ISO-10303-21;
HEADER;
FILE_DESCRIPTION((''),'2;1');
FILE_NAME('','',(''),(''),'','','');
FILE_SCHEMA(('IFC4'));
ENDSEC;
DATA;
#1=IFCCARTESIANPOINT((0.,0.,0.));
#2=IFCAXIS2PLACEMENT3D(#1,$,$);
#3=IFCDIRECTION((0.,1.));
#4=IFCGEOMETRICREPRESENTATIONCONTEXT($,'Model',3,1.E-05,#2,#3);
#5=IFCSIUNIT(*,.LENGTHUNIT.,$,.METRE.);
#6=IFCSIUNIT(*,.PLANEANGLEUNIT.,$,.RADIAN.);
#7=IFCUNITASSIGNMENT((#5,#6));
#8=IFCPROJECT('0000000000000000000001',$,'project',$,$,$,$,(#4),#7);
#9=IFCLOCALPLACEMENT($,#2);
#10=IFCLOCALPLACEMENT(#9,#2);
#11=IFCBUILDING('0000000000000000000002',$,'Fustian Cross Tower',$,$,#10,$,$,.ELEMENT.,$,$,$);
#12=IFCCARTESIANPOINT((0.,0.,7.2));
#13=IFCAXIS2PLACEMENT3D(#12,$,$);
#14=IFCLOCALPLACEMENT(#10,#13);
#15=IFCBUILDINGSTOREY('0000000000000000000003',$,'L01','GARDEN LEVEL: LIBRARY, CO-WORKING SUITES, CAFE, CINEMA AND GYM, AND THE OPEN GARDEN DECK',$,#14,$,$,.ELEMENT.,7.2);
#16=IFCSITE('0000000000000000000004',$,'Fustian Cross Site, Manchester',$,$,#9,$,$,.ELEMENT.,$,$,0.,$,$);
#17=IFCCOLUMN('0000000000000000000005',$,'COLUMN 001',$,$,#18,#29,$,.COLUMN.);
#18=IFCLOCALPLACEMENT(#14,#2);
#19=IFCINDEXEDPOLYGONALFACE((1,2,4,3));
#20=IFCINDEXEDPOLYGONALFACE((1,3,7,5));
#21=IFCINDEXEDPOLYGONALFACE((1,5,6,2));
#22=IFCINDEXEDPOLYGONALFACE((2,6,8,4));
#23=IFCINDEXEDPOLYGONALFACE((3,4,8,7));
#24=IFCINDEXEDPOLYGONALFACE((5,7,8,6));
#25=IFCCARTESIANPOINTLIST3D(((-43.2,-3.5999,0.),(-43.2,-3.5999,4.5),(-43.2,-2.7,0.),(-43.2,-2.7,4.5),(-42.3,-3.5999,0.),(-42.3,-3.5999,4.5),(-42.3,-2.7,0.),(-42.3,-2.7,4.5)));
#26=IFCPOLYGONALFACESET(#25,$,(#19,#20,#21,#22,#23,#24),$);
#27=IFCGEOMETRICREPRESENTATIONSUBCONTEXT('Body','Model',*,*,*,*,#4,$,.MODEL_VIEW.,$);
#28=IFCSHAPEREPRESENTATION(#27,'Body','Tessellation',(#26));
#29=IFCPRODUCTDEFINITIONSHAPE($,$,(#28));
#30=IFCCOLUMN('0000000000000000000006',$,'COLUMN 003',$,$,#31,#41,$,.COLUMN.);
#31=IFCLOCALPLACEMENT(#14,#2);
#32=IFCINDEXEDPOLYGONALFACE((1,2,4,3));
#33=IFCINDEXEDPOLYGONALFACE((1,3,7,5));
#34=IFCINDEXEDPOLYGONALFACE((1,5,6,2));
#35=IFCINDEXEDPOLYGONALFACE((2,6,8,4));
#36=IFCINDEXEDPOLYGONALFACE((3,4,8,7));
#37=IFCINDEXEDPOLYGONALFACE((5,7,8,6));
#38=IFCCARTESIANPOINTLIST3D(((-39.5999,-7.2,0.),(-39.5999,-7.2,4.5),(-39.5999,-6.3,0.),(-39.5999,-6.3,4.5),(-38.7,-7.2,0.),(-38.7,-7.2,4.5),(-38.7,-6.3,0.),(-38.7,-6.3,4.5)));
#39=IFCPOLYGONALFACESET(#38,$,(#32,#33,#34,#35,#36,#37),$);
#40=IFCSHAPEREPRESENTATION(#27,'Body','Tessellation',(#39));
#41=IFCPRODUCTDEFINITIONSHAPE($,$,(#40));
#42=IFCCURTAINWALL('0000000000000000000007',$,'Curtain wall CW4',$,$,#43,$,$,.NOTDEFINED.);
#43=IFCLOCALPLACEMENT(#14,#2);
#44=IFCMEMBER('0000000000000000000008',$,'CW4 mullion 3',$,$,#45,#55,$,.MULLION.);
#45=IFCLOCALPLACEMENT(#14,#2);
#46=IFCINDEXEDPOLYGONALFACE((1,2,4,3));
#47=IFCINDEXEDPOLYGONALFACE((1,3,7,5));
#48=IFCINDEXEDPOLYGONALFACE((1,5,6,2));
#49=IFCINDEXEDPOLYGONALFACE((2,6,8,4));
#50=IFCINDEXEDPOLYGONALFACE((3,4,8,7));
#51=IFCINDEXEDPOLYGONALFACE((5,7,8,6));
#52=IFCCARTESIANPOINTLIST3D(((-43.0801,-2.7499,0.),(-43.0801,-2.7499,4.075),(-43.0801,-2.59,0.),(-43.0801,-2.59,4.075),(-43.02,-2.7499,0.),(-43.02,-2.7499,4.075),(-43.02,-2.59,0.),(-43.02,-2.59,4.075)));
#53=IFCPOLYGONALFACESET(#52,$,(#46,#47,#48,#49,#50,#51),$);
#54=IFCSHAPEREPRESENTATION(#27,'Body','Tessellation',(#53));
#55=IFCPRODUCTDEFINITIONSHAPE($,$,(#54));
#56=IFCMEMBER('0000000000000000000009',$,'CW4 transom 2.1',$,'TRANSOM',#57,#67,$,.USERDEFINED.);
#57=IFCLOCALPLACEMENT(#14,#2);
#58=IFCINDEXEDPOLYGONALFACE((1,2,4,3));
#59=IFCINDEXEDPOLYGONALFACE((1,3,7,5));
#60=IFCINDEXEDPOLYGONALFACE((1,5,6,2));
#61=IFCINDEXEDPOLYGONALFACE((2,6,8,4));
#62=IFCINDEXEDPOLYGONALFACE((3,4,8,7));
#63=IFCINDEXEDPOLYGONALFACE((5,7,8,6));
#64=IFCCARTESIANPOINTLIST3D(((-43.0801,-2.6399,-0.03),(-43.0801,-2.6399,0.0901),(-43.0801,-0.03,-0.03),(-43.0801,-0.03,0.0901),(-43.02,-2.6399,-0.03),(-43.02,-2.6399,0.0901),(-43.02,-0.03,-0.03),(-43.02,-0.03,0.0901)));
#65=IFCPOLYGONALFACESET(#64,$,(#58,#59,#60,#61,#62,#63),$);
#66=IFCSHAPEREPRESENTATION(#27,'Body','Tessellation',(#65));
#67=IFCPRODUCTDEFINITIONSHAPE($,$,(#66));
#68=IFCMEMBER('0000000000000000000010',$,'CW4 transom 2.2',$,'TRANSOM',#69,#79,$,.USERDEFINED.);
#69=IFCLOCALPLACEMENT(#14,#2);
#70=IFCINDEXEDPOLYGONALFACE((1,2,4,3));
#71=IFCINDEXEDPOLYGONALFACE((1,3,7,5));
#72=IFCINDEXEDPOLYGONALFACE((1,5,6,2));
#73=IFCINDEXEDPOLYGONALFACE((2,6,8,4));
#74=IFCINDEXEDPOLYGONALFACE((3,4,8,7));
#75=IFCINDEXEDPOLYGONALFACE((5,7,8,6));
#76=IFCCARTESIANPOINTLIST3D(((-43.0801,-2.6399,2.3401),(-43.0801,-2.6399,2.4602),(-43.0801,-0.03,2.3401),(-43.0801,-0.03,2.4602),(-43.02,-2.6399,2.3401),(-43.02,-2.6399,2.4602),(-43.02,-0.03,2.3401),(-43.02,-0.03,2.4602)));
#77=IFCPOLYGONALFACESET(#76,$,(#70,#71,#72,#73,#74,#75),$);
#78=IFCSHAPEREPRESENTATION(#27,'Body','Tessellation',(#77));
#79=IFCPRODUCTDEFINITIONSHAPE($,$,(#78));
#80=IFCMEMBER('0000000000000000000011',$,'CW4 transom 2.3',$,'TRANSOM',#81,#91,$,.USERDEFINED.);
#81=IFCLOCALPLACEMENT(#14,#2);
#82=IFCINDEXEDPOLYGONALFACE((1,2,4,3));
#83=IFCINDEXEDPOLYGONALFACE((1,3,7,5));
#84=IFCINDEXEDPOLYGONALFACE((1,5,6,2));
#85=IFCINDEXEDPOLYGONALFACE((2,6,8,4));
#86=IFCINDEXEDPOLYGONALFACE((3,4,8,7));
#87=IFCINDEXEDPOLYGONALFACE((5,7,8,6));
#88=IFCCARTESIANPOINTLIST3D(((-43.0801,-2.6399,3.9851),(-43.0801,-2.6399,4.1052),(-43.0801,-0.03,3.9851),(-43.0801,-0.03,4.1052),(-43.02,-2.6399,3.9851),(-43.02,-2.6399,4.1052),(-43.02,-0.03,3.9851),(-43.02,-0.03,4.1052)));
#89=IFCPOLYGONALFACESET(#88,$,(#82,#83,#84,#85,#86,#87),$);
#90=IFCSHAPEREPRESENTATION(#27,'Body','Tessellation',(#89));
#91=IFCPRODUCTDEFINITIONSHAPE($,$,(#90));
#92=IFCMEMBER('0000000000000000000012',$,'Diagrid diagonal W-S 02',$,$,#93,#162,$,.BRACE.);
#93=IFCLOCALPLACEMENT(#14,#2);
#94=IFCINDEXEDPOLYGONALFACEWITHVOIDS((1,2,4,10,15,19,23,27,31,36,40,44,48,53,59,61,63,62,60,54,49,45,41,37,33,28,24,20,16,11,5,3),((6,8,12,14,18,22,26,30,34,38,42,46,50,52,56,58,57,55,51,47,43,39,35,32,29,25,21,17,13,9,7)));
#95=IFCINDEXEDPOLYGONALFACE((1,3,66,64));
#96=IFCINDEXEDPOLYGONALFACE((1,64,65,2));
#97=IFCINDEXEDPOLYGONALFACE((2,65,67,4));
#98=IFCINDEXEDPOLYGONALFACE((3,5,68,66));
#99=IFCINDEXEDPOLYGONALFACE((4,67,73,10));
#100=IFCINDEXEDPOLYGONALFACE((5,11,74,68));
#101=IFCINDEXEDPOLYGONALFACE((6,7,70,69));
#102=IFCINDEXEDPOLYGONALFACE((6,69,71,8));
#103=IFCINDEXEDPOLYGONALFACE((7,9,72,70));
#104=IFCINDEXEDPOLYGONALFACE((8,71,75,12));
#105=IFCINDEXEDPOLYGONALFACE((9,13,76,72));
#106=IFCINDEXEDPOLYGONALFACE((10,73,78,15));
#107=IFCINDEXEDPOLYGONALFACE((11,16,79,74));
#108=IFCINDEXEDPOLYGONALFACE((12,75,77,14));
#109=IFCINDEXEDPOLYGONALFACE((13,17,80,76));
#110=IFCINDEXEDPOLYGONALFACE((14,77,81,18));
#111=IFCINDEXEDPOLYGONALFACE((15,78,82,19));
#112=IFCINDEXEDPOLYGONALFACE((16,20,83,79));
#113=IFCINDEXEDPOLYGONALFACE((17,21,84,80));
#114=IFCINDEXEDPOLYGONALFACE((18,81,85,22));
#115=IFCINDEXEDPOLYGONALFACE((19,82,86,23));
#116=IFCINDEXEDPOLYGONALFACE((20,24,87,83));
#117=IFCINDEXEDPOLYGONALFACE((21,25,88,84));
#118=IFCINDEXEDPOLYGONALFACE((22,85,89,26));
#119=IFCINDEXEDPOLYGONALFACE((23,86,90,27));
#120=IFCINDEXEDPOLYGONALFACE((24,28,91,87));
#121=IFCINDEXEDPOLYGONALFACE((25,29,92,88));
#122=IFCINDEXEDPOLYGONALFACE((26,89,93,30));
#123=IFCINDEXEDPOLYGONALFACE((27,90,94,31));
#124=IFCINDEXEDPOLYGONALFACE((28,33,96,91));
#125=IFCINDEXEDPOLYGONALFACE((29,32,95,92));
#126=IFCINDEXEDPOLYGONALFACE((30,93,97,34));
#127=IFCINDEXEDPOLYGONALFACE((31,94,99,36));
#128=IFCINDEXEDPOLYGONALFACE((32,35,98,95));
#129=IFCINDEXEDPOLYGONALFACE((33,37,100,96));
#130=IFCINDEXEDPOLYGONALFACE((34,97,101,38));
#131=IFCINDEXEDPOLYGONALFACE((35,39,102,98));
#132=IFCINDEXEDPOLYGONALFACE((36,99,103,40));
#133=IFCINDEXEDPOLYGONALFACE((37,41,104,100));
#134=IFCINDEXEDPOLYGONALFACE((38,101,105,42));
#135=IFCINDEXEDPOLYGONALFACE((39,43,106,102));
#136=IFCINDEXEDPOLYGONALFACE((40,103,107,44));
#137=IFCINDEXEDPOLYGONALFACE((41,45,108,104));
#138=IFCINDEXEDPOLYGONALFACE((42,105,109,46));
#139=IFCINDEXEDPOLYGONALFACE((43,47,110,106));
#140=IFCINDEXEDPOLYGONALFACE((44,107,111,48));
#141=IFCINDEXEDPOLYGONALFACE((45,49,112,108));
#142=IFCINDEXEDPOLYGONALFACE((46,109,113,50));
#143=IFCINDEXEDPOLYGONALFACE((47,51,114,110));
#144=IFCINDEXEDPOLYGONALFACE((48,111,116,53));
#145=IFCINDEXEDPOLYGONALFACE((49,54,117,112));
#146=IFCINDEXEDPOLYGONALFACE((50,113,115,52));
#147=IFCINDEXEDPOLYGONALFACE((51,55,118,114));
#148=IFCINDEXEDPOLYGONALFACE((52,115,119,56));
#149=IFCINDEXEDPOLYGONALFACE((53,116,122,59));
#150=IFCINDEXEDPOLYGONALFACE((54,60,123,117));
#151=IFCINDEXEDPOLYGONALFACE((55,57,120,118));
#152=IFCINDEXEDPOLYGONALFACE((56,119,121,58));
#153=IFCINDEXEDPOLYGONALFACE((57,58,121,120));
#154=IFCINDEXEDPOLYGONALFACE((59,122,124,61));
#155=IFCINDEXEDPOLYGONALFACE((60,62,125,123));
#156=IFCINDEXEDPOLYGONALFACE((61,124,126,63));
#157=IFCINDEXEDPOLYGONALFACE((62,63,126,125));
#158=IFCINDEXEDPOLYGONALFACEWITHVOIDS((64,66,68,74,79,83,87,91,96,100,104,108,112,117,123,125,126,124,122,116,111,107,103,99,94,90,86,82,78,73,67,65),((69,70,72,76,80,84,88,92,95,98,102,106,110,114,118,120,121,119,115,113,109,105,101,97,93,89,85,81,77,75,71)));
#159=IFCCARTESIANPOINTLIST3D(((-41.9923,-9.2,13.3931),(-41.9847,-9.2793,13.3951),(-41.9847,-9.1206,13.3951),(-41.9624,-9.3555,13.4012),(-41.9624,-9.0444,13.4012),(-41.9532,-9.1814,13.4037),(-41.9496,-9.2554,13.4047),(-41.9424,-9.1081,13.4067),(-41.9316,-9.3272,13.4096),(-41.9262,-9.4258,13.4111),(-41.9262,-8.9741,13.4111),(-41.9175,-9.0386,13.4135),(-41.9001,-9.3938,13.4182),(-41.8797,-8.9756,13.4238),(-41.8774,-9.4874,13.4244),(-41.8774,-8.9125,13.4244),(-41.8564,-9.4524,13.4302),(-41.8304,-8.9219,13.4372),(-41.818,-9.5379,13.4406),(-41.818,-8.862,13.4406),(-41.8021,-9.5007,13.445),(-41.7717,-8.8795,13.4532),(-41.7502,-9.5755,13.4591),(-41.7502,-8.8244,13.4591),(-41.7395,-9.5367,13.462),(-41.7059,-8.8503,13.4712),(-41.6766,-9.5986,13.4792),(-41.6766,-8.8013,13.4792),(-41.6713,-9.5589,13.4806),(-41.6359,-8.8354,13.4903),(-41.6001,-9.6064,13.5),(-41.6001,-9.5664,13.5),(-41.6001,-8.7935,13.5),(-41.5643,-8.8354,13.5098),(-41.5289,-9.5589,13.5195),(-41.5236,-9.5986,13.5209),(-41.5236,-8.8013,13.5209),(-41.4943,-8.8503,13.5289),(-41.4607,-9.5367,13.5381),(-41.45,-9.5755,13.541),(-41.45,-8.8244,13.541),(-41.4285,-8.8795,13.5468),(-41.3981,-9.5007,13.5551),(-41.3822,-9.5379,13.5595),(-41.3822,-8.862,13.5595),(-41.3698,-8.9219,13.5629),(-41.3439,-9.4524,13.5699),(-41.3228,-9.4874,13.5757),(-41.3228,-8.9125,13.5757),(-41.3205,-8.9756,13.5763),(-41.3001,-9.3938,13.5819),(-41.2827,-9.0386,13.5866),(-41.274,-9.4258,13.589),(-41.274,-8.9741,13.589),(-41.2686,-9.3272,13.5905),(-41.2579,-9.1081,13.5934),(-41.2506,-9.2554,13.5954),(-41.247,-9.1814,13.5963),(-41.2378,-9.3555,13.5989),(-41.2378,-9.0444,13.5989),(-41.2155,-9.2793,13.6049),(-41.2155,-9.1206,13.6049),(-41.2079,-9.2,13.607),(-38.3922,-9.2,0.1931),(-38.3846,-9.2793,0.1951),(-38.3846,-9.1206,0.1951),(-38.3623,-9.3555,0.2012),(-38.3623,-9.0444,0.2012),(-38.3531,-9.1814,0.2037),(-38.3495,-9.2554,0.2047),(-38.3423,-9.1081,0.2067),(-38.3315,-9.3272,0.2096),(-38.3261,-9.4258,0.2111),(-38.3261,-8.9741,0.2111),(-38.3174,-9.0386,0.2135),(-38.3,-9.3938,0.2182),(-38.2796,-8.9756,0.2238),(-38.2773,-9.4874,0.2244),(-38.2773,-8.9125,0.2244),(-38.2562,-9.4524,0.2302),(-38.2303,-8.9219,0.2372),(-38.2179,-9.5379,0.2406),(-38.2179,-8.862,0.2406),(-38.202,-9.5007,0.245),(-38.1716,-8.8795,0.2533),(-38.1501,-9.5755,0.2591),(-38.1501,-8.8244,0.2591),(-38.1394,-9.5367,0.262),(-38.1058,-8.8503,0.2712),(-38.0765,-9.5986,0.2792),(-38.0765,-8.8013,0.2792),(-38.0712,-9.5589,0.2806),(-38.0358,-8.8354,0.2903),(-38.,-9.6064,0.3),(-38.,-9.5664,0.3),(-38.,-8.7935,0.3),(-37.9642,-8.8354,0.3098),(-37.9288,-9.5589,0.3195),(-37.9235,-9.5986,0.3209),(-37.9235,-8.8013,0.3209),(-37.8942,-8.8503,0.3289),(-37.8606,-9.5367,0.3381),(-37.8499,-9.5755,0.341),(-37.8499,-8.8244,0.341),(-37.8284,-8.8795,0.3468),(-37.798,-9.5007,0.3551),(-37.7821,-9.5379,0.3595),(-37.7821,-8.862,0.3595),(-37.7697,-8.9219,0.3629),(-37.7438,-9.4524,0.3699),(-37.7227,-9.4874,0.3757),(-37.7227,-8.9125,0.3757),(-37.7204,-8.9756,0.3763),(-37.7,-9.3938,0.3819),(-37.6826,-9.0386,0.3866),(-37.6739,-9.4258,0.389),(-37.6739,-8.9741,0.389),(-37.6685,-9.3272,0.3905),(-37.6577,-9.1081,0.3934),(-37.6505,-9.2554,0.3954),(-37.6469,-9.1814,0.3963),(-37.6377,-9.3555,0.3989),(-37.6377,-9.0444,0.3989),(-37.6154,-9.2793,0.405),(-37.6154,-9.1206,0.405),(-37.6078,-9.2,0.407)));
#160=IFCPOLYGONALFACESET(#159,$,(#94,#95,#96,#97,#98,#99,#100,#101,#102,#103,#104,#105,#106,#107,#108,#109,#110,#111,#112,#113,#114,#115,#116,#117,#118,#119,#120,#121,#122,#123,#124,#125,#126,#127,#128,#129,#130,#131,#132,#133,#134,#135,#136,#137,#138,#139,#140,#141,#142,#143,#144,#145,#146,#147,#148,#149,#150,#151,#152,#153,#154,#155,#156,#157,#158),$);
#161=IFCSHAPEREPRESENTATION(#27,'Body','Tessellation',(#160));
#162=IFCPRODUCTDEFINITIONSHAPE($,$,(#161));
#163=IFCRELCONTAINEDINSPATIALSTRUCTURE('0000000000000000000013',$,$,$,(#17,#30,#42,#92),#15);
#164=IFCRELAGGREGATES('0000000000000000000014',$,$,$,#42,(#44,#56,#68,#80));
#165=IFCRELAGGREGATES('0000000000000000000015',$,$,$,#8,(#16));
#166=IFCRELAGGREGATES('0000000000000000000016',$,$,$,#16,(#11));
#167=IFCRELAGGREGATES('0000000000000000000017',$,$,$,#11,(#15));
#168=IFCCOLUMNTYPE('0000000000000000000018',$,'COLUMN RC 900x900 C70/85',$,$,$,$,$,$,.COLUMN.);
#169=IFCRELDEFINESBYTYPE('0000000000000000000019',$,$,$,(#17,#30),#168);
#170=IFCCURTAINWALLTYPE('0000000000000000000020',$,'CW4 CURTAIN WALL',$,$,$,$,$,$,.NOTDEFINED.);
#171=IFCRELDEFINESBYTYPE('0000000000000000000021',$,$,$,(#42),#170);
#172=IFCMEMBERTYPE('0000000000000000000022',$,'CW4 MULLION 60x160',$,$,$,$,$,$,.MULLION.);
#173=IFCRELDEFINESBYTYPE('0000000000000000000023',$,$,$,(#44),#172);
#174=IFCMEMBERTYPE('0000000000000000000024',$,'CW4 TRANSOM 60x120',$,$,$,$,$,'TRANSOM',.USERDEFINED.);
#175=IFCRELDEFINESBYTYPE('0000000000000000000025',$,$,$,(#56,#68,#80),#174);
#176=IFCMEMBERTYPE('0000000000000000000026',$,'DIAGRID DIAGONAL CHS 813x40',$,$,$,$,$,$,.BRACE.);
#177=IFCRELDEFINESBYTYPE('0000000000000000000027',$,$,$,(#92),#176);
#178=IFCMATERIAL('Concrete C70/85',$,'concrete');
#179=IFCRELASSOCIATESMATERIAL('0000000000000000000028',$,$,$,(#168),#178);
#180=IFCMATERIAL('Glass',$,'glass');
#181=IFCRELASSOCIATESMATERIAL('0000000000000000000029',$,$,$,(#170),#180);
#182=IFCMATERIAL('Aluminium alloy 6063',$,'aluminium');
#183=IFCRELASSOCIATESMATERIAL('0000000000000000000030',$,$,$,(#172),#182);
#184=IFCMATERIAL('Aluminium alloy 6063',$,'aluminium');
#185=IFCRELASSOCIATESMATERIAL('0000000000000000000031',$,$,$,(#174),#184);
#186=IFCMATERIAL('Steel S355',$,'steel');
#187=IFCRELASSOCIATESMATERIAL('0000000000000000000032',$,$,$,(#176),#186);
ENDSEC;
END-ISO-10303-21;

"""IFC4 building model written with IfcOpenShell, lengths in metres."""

from ifc_helpers import new_model, si_unit, direction, frame, origin, origin_2d, place, context, subcontext, project, spatial, rectangle, hollow_circle, extrude, material, material_profile, profile_set, type_object, element, aggregate, save


model = new_model("IFC4")

# Units and contexts
model_context = context("Model", 3, precision=1e-05, world=origin(), true_north=direction((0.0, 1.0)))
body_context = subcontext(model_context, "Body", "Model", "MODEL_VIEW")
ifc_project = project(units=[si_unit("LENGTHUNIT", "METRE"), si_unit("PLANEANGLEUNIT", "RADIAN")], contexts=[model_context])

# Site, building, storey
site_placement = place(None, origin())
site = spatial("IfcSite", under=ifc_project, at=site_placement, Name="Fustian Cross Site, Manchester", CompositionType="ELEMENT", RefElevation=0.0)
building_placement = place(site_placement, origin())
building = spatial("IfcBuilding", under=site, at=building_placement, Name="Fustian Cross Tower", CompositionType="ELEMENT")
storey_placement = place(building_placement, frame((0.0, 0.0, 7.2)))
storey = spatial("IfcBuildingStorey", under=building, at=storey_placement, Name="L01", Description="GARDEN LEVEL: LIBRARY, CO-WORKING SUITES, CAFE, CINEMA AND GYM, AND THE OPEN GARDEN DECK", CompositionType="ELEMENT", Elevation=7.2)

# Columns
ifc_material_1 = material(Name="Concrete C70/85", Category="concrete")
ifc_material_profile_1 = material_profile(ifc_material_1, rectangle(XDim=0.8999, YDim=0.8999, at=origin_2d()), Name="RC 900x900")
ifc_profile_set_1 = profile_set([ifc_material_profile_1], Name="Concrete C70/85")
column_type = type_object("IfcColumnType", Name="COLUMN RC 900x900 C70/85", PredefinedType="COLUMN", material=ifc_profile_set_1)
for number, where, z_axis, x_axis, name in (
    (1, (-42.75, -3.1499, 0.0), (0.0, 0.0, 1.0), (1.0, 0.0, 0.0), "COLUMN 001"),
    (2, (-39.1499, -6.75, 0.0), (0.0, 0.0, 1.0), (1.0, 0.0, 0.0), "COLUMN 003"),
):
    element("IfcColumn", number, at=place(storey_placement, frame(where, z_axis=z_axis, x_axis=x_axis)), inside=storey, type_object=column_type, Name=name, PredefinedType="COLUMN", context=body_context, shape_type="SweptSolid", body=[
        extrude(rectangle(XDim=0.8999, YDim=0.8999, at=origin_2d()), origin(), (0.0, 0.0, 1.0), 4.5),
    ])

# Curtain wall, members
ifc_material_2 = material(Name="Glass", Category="glass")
curtain_wall_type = type_object("IfcCurtainWallType", Name="CW4 CURTAIN WALL", PredefinedType="NOTDEFINED", material=ifc_material_2)
curtain_wall_placement = place(storey_placement, origin())
curtain_wall = element("IfcCurtainWall", 3, at=curtain_wall_placement, inside=storey, type_object=curtain_wall_type, Name="Curtain wall CW4", PredefinedType="NOTDEFINED")
ifc_material_3 = material(Name="Aluminium alloy 6063", Category="aluminium")
ifc_material_profile_2 = material_profile(ifc_material_3, rectangle(XDim=0.0601, YDim=0.1599, at=origin_2d()), Name="CW4 MULLION 60x160")
ifc_profile_set_2 = profile_set([ifc_material_profile_2], Name="Aluminium alloy 6063")
member_type_1 = type_object("IfcMemberType", Name="CW4 MULLION 60x160", PredefinedType="MULLION", material=ifc_profile_set_2)
member_1_placement = place(storey_placement, frame((-43.05, -2.6699, 0.0), z_axis=(0.0, 0.0, 1.0), x_axis=(1.0, 0.0, 0.0)))
member_1 = element("IfcMember", 4, at=member_1_placement, type_object=member_type_1, Name="CW4 mullion 3", PredefinedType="MULLION", context=body_context, shape_type="SweptSolid", body=[
    extrude(rectangle(XDim=0.0601, YDim=0.1599, at=origin_2d()), origin(), (0.0, 0.0, 1.0), 4.075),
])
ifc_material_4 = material(Name="Aluminium alloy 6063", Category="aluminium")
ifc_material_profile_3 = material_profile(ifc_material_4, rectangle(XDim=0.0601, YDim=0.1201, at=origin_2d()), Name="CW4 TRANSOM 60x120")
ifc_profile_set_3 = profile_set([ifc_material_profile_3], Name="Aluminium alloy 6063")
member_type_2 = type_object("IfcMemberType", Name="CW4 TRANSOM 60x120", ElementType="TRANSOM", PredefinedType="USERDEFINED", material=ifc_profile_set_3)
member_2_placement = place(storey_placement, frame((-43.05, -0.03, 0.03), z_axis=(0.0, -1.0, 0.0), x_axis=(1.0, 0.0, 0.0)))
member_2 = element("IfcMember", 5, at=member_2_placement, type_object=member_type_2, Name="CW4 transom 2.1", ObjectType="TRANSOM", PredefinedType="USERDEFINED", context=body_context, shape_type="SweptSolid", body=[
    extrude(rectangle(XDim=0.0601, YDim=0.1201, at=origin_2d()), origin(), (0.0, 0.0, 1.0), 2.6099),
])
member_3_placement = place(storey_placement, frame((-43.05, -0.03, 2.4001), z_axis=(0.0, -1.0, 0.0), x_axis=(1.0, 0.0, 0.0)))
member_3 = element("IfcMember", 6, at=member_3_placement, type_object=member_type_2, Name="CW4 transom 2.2", ObjectType="TRANSOM", PredefinedType="USERDEFINED", context=body_context, shape_type="SweptSolid", body=[
    extrude(rectangle(XDim=0.0601, YDim=0.1201, at=origin_2d()), origin(), (0.0, 0.0, 1.0), 2.6099),
])
member_4_placement = place(storey_placement, frame((-43.05, -0.03, 4.0452), z_axis=(0.0, -1.0, 0.0), x_axis=(1.0, 0.0, 0.0)))
member_4 = element("IfcMember", 7, at=member_4_placement, type_object=member_type_2, Name="CW4 transom 2.3", ObjectType="TRANSOM", PredefinedType="USERDEFINED", context=body_context, shape_type="SweptSolid", body=[
    extrude(rectangle(XDim=0.0601, YDim=0.1201, at=origin_2d()), origin(), (0.0, 0.0, 1.0), 2.6099),
])

# Member
ifc_material_5 = material(Name="Steel S355", Category="steel")
ifc_material_profile_4 = material_profile(ifc_material_5, hollow_circle(Radius=0.4065, WallThickness=0.04, at=origin_2d()), Name="CHS 813x40")
ifc_profile_set_4 = profile_set([ifc_material_profile_4], Name="Steel S355")
member_type_3 = type_object("IfcMemberType", Name="DIAGRID DIAGONAL CHS 813x40", PredefinedType="BRACE", material=ifc_profile_set_4)
for number, where, z_axis, x_axis, name in (
    (8, (-38.0, -9.2, 0.3), (-0.263125, 0.0, 0.964762), (0.0, -1.0, 0.0), "Diagrid diagonal W-S 02"),
):
    element("IfcMember", number, at=place(storey_placement, frame(where, z_axis=z_axis, x_axis=x_axis)), inside=storey, type_object=member_type_3, Name=name, PredefinedType="BRACE", context=body_context, shape_type="SweptSolid", body=[
        extrude(hollow_circle(Radius=0.4065, WallThickness=0.04, at=origin_2d()), origin(), (0.0, 0.0, 1.0), 13.6821),
    ])

aggregate(curtain_wall, [member_1, member_2, member_3, member_4])

save(model, "model.ifc")
